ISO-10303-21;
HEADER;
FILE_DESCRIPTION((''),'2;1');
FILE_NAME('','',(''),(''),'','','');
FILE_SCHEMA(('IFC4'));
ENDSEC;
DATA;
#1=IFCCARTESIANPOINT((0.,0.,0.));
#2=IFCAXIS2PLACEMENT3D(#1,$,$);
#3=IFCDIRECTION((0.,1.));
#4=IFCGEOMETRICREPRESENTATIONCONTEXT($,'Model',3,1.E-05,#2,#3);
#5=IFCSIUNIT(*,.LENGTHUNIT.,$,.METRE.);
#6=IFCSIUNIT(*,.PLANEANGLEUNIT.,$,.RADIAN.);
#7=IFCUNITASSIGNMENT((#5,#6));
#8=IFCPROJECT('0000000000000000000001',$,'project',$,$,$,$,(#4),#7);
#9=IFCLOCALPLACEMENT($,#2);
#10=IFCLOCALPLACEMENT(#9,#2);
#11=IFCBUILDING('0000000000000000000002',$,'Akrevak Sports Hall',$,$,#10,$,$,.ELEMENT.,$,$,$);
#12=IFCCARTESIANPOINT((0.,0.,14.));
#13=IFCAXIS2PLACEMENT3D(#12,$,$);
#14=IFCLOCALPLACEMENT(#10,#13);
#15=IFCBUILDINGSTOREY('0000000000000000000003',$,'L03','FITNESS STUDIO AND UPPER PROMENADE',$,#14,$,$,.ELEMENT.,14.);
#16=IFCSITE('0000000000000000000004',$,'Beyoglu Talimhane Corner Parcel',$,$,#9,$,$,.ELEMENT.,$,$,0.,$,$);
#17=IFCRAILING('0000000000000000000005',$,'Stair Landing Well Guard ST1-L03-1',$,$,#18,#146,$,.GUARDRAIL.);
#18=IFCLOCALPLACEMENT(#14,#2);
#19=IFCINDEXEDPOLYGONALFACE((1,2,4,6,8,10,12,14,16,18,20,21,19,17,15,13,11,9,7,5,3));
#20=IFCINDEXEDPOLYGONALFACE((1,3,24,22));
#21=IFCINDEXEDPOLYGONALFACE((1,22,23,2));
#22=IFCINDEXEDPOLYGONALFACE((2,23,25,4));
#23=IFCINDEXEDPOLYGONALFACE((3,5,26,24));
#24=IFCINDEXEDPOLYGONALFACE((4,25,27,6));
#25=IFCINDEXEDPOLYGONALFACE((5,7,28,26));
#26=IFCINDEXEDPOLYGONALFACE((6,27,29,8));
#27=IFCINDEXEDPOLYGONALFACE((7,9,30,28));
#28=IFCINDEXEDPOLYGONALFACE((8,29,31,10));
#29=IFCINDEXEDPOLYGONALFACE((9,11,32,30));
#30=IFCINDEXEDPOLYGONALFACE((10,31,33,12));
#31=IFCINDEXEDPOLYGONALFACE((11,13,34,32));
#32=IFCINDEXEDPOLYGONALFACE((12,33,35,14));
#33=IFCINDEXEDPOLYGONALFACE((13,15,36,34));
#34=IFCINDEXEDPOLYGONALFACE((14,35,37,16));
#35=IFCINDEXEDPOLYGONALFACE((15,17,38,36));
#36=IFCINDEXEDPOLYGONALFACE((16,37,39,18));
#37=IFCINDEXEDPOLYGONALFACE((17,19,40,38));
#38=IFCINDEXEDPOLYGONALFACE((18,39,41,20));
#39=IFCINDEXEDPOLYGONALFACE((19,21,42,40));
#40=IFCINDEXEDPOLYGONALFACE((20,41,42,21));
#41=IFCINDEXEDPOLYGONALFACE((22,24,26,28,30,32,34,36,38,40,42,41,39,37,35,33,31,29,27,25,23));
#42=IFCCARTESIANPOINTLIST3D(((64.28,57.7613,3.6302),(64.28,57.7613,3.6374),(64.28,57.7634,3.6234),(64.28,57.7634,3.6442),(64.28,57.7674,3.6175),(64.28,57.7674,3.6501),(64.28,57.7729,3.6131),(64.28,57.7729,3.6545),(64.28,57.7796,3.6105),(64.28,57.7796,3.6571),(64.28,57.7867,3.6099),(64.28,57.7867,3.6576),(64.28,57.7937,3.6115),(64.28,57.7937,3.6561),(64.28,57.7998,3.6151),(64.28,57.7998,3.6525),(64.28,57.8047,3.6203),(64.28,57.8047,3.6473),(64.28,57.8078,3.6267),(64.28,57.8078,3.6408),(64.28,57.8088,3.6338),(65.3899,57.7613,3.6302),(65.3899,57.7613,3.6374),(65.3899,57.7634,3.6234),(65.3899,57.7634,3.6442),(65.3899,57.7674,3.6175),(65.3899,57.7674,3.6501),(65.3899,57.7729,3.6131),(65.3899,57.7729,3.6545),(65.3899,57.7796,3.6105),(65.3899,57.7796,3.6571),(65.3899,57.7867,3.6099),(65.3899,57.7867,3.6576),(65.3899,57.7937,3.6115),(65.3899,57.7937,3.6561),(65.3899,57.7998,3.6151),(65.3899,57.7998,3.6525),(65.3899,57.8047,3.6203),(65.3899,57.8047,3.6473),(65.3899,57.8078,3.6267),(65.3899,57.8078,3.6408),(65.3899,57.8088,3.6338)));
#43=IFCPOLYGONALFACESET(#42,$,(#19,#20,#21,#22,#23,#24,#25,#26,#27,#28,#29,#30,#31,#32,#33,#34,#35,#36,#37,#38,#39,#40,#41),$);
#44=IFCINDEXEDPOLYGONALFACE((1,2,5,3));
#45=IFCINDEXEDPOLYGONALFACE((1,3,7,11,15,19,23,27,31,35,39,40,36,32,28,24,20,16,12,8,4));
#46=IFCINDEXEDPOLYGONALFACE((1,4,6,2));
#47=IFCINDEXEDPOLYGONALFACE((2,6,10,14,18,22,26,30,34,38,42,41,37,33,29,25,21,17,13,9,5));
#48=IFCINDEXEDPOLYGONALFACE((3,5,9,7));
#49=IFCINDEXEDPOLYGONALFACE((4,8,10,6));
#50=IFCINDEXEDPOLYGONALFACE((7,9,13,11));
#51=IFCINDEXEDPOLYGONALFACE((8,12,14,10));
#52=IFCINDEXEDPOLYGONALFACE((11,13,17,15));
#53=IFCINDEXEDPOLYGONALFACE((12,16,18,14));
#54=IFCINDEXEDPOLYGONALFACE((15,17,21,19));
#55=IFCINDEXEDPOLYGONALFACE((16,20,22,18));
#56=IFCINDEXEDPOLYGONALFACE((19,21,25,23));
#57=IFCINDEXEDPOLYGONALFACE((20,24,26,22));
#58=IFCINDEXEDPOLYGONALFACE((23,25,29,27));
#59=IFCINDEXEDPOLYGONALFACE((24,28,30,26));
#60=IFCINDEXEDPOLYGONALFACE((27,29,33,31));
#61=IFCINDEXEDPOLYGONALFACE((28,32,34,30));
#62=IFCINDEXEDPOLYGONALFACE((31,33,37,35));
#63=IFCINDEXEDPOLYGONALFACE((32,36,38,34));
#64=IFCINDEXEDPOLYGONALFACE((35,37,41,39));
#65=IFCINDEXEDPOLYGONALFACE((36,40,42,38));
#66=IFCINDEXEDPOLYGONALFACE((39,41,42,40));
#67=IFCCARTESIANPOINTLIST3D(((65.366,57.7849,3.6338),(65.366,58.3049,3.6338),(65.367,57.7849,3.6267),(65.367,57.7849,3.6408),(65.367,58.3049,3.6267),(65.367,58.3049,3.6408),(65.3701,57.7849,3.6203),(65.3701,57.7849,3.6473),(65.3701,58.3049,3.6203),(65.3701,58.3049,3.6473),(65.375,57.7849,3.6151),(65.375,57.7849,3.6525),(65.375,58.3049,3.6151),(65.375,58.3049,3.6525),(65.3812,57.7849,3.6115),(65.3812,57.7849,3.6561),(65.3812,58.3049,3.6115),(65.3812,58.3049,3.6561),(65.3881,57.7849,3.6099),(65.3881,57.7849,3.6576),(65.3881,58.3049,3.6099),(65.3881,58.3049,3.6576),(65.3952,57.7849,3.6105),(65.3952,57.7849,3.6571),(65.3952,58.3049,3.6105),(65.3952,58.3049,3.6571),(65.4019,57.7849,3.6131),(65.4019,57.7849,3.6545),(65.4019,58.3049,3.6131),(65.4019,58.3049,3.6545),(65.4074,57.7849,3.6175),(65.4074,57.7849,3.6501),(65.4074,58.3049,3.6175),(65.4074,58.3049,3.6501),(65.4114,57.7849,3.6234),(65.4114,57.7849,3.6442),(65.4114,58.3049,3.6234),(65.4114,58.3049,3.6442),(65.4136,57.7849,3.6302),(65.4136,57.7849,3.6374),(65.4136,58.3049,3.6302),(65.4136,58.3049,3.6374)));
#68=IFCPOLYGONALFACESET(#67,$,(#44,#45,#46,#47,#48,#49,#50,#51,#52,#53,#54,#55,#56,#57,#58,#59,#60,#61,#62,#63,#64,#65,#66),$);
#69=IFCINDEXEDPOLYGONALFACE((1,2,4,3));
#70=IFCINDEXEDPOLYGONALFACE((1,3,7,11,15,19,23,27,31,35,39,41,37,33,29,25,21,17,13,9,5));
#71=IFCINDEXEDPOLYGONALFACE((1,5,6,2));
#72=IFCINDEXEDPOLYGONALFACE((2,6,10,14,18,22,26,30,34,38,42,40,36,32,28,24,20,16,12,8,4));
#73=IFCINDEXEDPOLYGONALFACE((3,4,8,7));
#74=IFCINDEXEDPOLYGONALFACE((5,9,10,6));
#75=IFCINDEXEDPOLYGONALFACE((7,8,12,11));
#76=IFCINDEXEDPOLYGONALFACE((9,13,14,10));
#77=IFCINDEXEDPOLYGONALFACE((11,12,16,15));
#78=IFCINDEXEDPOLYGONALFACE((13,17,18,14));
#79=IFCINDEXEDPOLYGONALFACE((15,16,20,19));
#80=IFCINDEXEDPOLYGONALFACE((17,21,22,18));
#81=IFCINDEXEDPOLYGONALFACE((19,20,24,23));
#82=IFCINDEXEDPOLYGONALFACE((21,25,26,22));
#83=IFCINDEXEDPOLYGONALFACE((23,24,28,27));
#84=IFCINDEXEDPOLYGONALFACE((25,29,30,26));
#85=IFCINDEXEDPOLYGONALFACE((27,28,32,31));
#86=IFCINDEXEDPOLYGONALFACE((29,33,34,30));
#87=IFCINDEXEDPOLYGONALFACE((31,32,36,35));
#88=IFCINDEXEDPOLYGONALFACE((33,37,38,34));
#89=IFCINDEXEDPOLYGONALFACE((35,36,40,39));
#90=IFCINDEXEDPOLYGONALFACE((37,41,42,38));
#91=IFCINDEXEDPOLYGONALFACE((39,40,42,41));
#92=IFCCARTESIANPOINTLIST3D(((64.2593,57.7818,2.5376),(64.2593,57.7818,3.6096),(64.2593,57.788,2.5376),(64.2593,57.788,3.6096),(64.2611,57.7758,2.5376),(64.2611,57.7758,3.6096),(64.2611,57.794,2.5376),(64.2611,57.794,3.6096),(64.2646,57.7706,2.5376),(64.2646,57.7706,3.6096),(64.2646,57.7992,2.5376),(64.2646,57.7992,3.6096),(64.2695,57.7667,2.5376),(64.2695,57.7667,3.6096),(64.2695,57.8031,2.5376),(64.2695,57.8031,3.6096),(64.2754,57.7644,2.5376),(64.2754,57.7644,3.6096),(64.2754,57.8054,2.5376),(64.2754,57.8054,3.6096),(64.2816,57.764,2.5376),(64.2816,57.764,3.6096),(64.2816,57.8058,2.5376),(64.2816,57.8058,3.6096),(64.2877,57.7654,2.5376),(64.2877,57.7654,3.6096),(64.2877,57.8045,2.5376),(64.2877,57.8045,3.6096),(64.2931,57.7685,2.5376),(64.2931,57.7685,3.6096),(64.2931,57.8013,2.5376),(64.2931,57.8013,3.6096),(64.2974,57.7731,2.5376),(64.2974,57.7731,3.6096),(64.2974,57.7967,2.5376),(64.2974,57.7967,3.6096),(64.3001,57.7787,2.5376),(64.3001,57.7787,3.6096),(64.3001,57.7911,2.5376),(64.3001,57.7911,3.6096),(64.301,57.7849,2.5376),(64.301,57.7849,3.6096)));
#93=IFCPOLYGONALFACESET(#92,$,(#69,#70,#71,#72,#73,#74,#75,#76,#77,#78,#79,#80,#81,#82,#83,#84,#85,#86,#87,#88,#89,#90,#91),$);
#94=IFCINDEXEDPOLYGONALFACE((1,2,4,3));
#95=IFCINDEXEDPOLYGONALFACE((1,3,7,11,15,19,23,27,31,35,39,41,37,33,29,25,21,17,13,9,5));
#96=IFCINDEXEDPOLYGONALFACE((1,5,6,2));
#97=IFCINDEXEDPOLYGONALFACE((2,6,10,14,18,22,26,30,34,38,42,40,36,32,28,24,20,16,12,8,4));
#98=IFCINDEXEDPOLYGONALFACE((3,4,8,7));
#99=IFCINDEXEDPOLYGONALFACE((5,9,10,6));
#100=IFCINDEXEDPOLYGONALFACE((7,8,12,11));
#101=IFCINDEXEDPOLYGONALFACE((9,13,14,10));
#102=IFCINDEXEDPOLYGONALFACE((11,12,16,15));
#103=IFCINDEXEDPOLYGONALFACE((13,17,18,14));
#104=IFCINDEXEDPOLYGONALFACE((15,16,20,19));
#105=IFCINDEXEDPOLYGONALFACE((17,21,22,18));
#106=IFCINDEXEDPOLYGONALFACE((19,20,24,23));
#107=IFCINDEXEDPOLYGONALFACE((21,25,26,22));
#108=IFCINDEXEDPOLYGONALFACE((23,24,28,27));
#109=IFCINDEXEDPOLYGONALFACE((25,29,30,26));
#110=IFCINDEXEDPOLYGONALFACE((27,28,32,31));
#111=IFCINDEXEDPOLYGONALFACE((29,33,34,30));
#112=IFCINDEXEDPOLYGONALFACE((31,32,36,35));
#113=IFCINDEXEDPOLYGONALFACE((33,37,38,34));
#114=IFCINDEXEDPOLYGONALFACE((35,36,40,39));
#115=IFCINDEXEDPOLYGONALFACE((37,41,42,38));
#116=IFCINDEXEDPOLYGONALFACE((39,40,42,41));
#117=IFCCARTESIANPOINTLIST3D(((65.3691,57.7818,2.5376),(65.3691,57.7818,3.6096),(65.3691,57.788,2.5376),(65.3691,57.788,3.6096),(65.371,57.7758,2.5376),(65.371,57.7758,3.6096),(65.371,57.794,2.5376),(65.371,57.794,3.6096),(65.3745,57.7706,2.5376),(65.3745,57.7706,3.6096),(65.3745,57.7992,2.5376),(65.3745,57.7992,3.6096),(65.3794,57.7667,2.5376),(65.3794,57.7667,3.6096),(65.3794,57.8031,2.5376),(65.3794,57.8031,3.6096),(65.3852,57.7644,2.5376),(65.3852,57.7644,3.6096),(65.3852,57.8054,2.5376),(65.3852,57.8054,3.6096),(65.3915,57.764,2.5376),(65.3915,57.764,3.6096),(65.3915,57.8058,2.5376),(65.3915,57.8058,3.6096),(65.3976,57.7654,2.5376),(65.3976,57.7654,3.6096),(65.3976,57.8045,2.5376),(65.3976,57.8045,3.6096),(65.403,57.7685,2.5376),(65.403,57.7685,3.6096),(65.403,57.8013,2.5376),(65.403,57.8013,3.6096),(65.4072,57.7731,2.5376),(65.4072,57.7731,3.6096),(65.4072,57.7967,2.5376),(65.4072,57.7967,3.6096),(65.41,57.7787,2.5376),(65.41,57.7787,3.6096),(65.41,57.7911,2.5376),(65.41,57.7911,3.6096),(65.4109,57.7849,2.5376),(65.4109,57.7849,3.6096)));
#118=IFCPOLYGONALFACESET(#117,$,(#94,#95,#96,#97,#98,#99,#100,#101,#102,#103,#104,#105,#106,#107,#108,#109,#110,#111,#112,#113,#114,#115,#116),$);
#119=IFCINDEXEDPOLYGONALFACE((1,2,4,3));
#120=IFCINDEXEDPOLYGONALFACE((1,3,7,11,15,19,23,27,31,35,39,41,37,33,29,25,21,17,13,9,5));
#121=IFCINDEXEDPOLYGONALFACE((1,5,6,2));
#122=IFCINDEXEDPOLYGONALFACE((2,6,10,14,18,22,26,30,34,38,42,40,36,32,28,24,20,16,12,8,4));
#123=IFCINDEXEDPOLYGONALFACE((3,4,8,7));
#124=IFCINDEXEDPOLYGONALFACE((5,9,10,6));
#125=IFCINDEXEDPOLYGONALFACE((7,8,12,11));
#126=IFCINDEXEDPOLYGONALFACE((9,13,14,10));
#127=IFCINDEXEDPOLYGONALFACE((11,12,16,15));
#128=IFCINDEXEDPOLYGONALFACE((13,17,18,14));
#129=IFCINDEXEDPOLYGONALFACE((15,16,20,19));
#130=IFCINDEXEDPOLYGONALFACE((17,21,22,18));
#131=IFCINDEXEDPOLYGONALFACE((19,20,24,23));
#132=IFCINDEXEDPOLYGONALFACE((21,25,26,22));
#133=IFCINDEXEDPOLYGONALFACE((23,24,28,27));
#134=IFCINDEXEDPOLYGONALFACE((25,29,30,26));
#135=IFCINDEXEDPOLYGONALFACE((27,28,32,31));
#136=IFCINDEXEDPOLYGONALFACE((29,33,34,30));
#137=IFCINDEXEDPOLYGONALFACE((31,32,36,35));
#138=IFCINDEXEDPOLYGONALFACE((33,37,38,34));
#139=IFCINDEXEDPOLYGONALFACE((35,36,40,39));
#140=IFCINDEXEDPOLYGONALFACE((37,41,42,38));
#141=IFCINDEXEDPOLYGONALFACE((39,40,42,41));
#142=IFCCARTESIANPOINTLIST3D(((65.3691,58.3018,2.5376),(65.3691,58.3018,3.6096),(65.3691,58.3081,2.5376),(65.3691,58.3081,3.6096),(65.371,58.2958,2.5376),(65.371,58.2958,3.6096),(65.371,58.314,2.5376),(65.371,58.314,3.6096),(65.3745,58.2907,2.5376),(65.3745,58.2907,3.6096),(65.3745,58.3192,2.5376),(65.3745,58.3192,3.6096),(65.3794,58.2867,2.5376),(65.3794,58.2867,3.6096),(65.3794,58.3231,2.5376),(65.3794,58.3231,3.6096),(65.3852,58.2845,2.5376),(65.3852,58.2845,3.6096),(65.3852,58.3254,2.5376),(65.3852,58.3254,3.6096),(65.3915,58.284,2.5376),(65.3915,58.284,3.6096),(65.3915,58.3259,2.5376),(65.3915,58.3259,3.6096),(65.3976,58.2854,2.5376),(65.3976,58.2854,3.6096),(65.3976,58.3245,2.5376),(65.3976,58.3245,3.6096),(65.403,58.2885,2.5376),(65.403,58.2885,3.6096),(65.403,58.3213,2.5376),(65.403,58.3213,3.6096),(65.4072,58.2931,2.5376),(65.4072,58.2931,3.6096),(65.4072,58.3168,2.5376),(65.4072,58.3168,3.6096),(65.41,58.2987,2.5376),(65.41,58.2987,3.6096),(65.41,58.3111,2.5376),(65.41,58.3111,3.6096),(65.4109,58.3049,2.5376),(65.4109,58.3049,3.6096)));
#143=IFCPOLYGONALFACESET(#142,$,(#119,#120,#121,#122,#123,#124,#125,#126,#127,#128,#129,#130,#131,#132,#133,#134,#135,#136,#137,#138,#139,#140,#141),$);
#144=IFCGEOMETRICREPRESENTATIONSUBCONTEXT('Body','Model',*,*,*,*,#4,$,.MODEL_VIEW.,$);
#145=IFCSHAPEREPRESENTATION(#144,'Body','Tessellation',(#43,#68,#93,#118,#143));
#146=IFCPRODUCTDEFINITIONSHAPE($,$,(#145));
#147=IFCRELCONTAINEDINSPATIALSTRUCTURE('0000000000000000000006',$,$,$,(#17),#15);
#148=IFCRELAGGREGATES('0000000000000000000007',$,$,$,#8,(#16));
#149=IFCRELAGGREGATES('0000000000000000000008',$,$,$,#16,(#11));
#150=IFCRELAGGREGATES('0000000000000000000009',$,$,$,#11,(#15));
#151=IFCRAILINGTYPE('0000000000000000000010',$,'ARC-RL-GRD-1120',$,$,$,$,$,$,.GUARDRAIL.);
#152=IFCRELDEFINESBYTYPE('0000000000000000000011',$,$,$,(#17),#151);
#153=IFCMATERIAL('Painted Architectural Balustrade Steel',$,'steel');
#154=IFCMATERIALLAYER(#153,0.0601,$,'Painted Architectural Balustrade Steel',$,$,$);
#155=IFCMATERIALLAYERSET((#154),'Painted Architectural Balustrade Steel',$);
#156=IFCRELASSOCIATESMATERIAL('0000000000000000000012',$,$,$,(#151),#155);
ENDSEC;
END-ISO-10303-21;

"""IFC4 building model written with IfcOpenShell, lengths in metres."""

from ifc_helpers import new_model, si_unit, direction, frame, origin, origin_2d, place, context, subcontext, project, spatial, circle, extrude, material, layer, layer_set, type_object, element, save


model = new_model("IFC4")

# Units and contexts
model_context = context("Model", 3, precision=1e-05, world=origin(), true_north=direction((0.0, 1.0)))
body_context = subcontext(model_context, "Body", "Model", "MODEL_VIEW")
ifc_project = project(units=[si_unit("LENGTHUNIT", "METRE"), si_unit("PLANEANGLEUNIT", "RADIAN")], contexts=[model_context])

# Site, building, storey
site_placement = place(None, origin())
site = spatial("IfcSite", under=ifc_project, at=site_placement, Name="Beyoglu Talimhane Corner Parcel", CompositionType="ELEMENT", RefElevation=0.0)
building_placement = place(site_placement, origin())
building = spatial("IfcBuilding", under=site, at=building_placement, Name="Akrevak Sports Hall", CompositionType="ELEMENT")
storey_placement = place(building_placement, frame((0.0, 0.0, 14.0)))
storey = spatial("IfcBuildingStorey", under=building, at=storey_placement, Name="L03", Description="FITNESS STUDIO AND UPPER PROMENADE", CompositionType="ELEMENT", Elevation=14.0)

# Railing
ifc_material_1 = material(Name="Painted Architectural Balustrade Steel", Category="steel")
ifc_layer_1 = layer(ifc_material_1, 0.0601, Name="Painted Architectural Balustrade Steel")
ifc_layer_set_1 = layer_set([ifc_layer_1], Name="Painted Architectural Balustrade Steel")
railing_type_1 = type_object("IfcRailingType", Name="ARC-RL-GRD-1120", PredefinedType="GUARDRAIL", material=ifc_layer_set_1)
railing_1_placement = place(storey_placement, frame((64.28, 57.7849, 2.5376)))
element("IfcRailing", 1, at=railing_1_placement, inside=storey, type_object=railing_type_1, Name="Stair Landing Well Guard ST1-L03-1", PredefinedType="GUARDRAIL", context=body_context, shape_type="SweptSolid", body=[
    extrude(circle(Radius=0.0239, at=origin_2d()), frame((0.0, 0.0, 1.0962), z_axis=(1.0, 0.0, 0.0), x_axis=(0.0, 1.0, 0.0)), (0.0, 0.0, 1.0), 1.1099),
    extrude(circle(Radius=0.0239, at=origin_2d()), frame((1.1099, 0.0, 1.0962), z_axis=(0.0, 1.0, 0.0), x_axis=(-1.0, 0.0, 0.0)), (0.0, 0.0, 1.0), 0.52),
    extrude(circle(Radius=0.021, at=origin_2d()), origin(), (0.0, 0.0, 1.0), 1.072),
    extrude(circle(Radius=0.021, at=origin_2d()), frame((1.1099, 0.0, 0.0)), (0.0, 0.0, 1.0), 1.072),
    extrude(circle(Radius=0.021, at=origin_2d()), frame((1.1099, 0.52, 0.0)), (0.0, 0.0, 1.0), 1.072),
])

save(model, "model.ifc")
